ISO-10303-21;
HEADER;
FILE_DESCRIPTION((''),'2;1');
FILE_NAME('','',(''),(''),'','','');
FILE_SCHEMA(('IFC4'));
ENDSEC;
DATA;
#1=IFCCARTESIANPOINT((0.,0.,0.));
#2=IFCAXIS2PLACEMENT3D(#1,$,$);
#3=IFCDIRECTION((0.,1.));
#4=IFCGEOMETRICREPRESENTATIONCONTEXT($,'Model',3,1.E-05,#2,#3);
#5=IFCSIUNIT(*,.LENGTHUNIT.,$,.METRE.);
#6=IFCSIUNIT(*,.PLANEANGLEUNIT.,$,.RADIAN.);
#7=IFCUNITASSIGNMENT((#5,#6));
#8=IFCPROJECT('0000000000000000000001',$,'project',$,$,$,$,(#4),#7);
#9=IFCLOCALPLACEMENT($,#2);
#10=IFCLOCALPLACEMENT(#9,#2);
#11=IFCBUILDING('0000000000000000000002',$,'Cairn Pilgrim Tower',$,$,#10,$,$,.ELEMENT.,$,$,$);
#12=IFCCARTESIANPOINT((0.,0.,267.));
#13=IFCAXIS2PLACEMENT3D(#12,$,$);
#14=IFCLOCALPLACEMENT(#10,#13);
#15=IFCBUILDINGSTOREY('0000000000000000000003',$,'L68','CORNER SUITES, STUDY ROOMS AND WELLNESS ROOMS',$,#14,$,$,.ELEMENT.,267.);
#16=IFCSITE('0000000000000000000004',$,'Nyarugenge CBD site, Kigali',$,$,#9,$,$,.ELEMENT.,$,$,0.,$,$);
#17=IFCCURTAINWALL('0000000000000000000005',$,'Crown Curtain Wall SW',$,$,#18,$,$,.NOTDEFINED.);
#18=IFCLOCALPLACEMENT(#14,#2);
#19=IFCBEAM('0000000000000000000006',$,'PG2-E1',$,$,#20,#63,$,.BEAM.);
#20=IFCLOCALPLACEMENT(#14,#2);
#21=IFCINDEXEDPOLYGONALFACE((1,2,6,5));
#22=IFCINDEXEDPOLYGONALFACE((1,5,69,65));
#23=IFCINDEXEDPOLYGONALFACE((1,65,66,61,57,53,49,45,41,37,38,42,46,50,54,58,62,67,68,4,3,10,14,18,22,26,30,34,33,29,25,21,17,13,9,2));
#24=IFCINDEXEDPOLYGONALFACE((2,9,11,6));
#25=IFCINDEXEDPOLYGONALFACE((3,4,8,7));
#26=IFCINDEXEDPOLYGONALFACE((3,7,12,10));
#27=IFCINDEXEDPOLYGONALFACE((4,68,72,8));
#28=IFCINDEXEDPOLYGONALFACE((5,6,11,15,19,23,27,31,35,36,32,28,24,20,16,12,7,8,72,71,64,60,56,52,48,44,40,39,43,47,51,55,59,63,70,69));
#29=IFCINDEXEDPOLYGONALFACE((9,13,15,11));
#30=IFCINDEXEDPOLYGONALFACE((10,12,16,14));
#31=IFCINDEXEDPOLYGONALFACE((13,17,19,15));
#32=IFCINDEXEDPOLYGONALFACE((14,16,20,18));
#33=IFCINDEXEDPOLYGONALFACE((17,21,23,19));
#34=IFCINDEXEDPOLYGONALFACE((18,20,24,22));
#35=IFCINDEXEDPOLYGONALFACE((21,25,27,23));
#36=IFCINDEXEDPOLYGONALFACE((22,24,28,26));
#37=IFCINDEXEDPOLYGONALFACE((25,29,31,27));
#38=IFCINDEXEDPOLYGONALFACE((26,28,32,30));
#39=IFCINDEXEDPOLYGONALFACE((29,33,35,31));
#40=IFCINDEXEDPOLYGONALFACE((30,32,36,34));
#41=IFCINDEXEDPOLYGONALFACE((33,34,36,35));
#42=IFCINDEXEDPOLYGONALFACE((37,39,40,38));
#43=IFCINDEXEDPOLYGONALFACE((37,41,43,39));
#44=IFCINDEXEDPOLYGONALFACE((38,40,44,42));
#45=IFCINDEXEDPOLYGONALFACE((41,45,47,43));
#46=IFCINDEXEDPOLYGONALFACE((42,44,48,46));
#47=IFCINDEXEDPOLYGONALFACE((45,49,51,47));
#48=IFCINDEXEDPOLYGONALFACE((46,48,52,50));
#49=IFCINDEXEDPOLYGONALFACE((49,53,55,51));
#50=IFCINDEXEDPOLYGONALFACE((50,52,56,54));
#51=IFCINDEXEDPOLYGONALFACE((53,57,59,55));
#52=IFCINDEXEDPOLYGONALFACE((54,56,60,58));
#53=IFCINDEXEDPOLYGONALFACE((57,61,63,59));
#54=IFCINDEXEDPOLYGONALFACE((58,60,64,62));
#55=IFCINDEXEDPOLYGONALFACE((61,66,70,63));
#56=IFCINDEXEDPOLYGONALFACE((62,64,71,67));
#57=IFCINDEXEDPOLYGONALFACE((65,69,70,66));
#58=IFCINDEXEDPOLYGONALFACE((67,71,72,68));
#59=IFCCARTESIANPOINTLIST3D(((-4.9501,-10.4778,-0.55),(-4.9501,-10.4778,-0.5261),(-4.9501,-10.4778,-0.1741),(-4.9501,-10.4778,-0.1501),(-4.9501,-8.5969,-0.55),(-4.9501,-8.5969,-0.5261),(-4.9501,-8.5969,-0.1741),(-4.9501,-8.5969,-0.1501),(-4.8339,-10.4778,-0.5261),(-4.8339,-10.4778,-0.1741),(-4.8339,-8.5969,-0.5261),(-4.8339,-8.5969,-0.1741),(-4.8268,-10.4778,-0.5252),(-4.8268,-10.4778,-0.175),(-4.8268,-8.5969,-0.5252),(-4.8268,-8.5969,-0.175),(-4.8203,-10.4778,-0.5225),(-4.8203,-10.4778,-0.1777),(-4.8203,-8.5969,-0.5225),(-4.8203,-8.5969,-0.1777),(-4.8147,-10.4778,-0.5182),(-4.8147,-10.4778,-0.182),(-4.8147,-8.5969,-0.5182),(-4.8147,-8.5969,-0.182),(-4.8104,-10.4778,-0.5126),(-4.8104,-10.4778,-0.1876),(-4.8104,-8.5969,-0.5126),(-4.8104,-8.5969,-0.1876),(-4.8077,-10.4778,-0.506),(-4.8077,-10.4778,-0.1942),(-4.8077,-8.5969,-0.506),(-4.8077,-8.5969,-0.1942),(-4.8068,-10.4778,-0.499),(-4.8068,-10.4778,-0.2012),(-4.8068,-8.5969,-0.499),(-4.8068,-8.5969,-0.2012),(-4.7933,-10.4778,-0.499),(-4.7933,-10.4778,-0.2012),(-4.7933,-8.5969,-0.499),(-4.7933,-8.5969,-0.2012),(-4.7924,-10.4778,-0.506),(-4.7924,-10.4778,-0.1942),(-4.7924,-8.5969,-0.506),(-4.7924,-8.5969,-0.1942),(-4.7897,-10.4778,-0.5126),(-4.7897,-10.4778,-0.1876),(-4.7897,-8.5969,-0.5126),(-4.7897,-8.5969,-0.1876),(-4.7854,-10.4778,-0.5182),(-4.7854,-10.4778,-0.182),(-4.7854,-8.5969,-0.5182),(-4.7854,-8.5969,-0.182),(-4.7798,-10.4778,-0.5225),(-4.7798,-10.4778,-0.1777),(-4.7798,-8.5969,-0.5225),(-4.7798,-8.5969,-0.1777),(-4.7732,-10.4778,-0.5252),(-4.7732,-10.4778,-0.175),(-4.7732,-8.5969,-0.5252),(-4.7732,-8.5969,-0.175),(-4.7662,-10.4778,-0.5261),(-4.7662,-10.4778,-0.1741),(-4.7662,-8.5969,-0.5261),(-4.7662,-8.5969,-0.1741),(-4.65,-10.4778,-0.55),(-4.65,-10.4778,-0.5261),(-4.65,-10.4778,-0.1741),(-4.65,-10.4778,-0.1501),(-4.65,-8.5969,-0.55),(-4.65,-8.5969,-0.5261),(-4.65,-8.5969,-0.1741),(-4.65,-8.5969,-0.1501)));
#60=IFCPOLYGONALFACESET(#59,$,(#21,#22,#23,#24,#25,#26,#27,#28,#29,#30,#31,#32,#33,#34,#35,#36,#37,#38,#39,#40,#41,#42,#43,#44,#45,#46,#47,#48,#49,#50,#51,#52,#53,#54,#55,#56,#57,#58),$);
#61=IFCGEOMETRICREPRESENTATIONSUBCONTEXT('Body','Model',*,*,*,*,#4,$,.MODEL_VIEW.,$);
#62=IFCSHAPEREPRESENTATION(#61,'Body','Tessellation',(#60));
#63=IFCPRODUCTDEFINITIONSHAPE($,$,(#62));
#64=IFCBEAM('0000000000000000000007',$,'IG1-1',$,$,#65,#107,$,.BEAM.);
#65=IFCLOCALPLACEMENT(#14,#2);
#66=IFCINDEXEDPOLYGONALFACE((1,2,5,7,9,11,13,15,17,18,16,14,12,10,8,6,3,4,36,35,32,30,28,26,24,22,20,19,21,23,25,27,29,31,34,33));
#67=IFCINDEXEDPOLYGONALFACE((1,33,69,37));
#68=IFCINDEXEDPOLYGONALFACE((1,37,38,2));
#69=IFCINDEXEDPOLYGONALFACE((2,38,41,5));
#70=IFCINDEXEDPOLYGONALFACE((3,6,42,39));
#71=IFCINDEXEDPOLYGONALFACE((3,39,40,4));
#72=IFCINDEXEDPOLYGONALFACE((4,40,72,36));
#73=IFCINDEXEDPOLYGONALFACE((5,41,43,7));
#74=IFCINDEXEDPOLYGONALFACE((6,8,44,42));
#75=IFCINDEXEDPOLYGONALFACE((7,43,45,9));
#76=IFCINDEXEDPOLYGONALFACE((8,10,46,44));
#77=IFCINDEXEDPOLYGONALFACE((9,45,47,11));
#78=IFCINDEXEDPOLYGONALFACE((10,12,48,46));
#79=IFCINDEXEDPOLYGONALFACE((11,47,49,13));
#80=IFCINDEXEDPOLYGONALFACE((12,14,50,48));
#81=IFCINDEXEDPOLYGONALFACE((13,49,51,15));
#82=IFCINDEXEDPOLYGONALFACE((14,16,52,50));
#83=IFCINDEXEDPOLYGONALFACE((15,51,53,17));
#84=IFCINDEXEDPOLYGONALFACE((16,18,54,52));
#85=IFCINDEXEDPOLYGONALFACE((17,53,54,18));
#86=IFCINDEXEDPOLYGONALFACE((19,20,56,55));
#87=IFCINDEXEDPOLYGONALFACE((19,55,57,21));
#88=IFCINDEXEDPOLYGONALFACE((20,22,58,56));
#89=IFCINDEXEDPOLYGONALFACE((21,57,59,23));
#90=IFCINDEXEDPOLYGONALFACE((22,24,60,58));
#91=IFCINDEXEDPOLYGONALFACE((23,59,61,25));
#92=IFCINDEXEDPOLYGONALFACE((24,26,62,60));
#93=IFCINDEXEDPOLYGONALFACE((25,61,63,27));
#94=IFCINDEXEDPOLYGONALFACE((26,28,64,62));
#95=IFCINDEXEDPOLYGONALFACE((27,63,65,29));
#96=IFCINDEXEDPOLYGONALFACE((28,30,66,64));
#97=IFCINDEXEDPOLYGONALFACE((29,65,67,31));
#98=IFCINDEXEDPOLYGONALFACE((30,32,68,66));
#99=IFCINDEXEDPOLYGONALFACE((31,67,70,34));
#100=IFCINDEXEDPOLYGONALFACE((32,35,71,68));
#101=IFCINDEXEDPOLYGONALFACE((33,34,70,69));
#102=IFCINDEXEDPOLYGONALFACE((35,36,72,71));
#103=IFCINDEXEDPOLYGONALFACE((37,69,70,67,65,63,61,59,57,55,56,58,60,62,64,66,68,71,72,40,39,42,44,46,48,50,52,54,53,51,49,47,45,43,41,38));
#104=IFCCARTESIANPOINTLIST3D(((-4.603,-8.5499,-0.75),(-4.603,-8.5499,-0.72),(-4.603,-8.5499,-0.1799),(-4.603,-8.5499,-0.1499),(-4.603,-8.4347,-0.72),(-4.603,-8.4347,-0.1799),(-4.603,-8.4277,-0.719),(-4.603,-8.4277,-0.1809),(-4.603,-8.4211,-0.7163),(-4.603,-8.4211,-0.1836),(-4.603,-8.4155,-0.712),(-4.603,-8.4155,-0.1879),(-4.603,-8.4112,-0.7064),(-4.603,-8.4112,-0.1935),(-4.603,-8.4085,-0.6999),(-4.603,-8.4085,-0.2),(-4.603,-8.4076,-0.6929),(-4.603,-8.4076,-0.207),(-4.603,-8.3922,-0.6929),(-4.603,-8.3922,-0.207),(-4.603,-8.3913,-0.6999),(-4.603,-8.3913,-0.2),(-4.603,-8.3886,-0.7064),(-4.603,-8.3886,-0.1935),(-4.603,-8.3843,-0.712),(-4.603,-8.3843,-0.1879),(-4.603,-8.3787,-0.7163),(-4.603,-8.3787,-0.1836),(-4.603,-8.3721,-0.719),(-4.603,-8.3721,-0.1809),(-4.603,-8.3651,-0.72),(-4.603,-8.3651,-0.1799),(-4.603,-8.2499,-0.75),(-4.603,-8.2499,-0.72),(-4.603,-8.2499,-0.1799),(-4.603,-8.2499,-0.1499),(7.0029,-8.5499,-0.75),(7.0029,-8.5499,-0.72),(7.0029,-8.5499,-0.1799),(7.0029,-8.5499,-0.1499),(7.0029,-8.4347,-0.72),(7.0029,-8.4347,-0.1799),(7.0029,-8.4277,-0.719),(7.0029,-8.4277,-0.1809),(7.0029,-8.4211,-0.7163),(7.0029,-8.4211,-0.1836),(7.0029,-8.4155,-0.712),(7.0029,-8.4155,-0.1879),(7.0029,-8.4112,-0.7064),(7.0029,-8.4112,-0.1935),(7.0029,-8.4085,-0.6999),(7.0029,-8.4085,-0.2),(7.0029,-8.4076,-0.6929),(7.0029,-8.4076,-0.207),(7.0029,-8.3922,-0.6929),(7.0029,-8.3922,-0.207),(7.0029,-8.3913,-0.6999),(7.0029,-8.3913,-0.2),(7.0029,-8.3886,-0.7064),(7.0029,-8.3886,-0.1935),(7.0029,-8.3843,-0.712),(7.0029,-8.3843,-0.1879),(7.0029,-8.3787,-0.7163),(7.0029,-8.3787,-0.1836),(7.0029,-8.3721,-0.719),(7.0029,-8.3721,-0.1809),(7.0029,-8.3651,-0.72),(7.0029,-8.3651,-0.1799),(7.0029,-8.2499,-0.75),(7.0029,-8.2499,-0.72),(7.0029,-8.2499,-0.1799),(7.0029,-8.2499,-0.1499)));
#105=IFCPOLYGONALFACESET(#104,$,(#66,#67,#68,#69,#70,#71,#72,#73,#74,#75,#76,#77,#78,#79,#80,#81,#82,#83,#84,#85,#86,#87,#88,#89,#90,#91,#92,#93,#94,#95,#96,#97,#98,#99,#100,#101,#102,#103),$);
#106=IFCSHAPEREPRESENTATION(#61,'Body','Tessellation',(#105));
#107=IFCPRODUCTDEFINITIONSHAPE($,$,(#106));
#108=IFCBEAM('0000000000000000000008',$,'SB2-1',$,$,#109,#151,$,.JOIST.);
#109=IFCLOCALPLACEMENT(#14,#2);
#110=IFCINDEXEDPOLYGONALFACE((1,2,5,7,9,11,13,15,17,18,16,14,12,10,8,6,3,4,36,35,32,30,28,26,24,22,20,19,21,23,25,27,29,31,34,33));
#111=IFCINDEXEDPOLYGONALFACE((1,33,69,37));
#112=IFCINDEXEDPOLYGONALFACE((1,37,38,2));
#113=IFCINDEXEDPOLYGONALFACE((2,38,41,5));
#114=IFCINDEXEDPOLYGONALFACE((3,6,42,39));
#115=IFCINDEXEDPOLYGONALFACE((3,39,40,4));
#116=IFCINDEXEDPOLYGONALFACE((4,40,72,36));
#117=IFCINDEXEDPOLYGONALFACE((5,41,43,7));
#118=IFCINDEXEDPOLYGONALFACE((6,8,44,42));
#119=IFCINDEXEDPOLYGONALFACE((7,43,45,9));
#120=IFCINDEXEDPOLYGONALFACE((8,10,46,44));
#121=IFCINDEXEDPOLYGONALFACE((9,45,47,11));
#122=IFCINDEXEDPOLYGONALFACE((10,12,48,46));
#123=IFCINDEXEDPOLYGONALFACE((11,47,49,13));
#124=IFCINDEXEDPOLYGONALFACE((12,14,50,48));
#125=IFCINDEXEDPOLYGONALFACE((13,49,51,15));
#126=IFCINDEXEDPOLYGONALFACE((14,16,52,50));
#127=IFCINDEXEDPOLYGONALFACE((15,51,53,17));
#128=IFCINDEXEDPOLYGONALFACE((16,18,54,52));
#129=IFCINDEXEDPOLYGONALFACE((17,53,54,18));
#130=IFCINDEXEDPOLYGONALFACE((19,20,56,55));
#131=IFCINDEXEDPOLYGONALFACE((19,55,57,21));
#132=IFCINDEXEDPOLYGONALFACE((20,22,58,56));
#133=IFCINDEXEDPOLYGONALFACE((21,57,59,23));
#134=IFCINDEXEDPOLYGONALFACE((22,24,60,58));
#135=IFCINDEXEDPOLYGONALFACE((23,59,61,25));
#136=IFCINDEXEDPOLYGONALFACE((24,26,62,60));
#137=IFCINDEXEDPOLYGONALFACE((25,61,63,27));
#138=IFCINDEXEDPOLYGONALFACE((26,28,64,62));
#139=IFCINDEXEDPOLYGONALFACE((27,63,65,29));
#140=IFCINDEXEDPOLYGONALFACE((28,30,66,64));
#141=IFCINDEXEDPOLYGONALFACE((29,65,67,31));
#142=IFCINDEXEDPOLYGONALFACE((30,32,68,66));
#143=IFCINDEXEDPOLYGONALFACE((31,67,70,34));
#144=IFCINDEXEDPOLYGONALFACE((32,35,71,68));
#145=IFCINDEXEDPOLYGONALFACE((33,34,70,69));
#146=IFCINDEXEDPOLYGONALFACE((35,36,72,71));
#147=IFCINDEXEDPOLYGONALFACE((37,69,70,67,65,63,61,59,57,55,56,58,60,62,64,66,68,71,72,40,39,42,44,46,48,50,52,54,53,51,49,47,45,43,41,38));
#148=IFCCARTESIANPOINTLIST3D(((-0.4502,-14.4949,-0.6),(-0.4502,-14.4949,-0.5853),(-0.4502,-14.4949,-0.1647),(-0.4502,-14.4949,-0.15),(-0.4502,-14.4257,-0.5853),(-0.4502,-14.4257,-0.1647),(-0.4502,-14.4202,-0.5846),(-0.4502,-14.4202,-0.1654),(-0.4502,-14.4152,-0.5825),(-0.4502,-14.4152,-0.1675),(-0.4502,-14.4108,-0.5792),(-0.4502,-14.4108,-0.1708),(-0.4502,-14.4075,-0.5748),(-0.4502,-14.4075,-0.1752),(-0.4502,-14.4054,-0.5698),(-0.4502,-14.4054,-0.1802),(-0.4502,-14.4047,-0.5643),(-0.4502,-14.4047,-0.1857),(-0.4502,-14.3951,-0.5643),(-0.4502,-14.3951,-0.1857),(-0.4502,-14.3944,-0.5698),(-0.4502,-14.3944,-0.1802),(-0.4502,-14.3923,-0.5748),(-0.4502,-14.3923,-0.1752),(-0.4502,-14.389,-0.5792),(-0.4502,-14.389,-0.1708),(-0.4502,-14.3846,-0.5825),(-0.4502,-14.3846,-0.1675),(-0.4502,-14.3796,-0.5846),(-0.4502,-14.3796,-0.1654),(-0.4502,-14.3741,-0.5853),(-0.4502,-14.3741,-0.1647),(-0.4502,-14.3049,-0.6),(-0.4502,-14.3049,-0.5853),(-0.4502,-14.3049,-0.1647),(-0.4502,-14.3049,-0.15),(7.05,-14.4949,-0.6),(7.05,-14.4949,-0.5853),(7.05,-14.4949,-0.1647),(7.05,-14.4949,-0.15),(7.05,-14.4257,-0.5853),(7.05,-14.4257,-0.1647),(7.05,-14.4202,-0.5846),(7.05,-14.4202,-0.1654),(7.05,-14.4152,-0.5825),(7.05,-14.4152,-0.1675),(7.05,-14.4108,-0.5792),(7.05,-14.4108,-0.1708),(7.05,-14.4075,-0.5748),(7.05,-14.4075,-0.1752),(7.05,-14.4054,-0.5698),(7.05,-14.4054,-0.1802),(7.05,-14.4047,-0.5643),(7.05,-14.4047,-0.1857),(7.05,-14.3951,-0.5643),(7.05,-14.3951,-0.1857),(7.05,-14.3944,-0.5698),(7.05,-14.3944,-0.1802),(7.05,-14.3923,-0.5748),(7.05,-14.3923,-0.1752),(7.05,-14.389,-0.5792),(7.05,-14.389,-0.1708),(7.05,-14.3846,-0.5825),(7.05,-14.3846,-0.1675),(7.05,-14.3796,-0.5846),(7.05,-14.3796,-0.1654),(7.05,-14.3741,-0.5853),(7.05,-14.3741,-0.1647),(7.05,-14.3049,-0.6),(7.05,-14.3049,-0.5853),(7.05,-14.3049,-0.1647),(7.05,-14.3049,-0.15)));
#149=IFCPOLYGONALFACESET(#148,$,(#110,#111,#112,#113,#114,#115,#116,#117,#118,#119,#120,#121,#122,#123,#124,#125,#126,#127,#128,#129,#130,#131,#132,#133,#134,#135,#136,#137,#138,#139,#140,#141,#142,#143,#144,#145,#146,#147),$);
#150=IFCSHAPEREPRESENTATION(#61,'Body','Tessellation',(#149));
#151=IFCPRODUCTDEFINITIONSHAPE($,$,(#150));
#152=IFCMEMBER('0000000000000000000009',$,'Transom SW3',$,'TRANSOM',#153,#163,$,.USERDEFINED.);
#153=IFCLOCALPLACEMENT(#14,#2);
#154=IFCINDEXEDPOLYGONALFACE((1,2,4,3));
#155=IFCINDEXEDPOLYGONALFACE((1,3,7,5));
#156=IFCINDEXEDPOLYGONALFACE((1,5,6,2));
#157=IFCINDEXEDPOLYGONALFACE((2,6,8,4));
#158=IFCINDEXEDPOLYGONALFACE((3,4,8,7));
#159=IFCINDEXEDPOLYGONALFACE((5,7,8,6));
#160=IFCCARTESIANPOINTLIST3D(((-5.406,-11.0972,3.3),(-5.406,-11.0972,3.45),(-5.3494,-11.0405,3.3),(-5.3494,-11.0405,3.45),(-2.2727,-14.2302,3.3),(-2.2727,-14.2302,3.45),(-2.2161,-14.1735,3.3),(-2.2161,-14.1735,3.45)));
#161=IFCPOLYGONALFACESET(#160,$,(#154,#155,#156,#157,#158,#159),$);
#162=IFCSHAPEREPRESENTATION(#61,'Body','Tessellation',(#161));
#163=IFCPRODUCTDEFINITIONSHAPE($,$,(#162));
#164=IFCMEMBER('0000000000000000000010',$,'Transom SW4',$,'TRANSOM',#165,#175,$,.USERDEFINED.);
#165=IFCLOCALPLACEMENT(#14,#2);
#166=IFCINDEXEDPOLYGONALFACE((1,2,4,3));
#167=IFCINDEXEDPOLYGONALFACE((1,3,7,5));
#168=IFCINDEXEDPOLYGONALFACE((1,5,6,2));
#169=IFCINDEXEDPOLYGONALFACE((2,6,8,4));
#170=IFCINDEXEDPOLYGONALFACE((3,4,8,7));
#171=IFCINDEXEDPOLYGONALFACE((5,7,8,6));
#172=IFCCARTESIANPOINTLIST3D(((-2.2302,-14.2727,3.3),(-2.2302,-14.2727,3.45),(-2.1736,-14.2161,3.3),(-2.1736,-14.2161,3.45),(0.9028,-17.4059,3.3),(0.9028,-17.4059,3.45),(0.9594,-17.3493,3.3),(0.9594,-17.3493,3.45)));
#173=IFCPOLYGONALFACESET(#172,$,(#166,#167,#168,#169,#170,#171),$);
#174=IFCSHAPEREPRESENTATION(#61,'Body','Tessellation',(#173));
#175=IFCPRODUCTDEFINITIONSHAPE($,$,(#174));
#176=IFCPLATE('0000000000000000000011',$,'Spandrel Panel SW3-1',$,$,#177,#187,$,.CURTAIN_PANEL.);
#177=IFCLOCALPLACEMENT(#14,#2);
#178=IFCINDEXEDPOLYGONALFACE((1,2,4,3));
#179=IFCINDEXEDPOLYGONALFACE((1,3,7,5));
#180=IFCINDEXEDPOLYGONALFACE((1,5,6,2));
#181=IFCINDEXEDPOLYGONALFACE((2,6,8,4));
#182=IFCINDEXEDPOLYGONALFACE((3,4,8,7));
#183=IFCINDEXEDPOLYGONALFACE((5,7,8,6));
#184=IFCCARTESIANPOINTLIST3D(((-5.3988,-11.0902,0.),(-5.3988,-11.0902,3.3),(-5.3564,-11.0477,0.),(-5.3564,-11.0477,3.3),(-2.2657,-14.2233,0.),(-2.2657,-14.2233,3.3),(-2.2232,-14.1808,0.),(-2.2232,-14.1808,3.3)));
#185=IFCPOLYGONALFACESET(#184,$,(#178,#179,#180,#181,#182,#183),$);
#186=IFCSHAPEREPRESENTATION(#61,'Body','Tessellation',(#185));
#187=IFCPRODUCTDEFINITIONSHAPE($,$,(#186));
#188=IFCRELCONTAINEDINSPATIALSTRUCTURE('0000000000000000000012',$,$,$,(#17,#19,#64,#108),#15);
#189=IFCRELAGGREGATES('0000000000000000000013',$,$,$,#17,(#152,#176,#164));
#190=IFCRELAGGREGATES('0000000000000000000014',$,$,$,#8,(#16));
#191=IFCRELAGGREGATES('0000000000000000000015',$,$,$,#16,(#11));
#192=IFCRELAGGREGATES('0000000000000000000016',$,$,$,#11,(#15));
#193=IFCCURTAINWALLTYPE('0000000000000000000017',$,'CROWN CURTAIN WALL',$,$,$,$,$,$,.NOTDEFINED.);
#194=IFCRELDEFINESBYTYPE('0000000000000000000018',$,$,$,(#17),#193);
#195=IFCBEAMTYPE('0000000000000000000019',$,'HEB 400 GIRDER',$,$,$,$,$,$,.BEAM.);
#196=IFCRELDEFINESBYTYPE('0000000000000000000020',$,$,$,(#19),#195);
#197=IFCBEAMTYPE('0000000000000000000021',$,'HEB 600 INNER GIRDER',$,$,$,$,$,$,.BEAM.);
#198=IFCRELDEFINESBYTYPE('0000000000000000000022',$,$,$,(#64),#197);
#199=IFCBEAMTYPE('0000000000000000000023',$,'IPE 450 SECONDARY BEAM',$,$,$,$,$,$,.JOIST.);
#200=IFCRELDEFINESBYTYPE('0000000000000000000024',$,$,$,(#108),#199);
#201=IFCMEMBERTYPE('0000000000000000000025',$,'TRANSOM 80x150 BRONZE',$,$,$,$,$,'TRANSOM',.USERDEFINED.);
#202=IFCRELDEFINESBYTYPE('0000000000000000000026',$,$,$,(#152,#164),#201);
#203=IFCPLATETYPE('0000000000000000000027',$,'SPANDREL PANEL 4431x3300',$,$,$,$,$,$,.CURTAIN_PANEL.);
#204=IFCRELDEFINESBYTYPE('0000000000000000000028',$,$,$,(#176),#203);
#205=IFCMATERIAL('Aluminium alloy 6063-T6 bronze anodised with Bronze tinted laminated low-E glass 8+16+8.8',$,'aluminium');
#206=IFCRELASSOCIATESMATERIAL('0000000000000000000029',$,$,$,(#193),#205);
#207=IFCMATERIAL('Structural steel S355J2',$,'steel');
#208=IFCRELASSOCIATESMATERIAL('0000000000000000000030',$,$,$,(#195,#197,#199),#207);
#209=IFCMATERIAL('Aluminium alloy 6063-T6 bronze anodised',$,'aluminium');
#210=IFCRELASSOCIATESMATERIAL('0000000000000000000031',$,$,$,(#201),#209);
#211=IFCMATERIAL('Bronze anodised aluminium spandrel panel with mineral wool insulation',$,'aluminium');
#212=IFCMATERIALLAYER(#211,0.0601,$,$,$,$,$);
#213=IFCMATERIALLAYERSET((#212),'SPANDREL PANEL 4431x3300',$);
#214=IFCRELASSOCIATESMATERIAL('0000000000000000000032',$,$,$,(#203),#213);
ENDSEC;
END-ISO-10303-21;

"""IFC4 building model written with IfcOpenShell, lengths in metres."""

from ifc_helpers import new_model, si_unit, direction, frame, origin, origin_2d, place, context, subcontext, project, spatial, rectangle, i_section, extrude, material, layer, layer_set, material_profile, profile_set, type_object, element, aggregate, save


model = new_model("IFC4")

# Units and contexts
model_context = context("Model", 3, precision=1e-05, world=origin(), true_north=direction((0.0, 1.0)))
body_context = subcontext(model_context, "Body", "Model", "MODEL_VIEW")
ifc_project = project(units=[si_unit("LENGTHUNIT", "METRE"), si_unit("PLANEANGLEUNIT", "RADIAN")], contexts=[model_context])

# Site, building, storey
site_placement = place(None, origin())
site = spatial("IfcSite", under=ifc_project, at=site_placement, Name="Nyarugenge CBD site, Kigali", CompositionType="ELEMENT", RefElevation=0.0)
building_placement = place(site_placement, origin())
building = spatial("IfcBuilding", under=site, at=building_placement, Name="Cairn Pilgrim Tower", CompositionType="ELEMENT")
storey_placement = place(building_placement, frame((0.0, 0.0, 267.0)))
storey = spatial("IfcBuildingStorey", under=building, at=storey_placement, Name="L68", Description="CORNER SUITES, STUDY ROOMS AND WELLNESS ROOMS", CompositionType="ELEMENT", Elevation=267.0)

# Shared definitions
ifc_material_1 = material(Name="Structural steel S355J2", Category="steel")

# Curtain wall
ifc_material_2 = material(Name="Aluminium alloy 6063-T6 bronze anodised with Bronze tinted laminated low-E glass 8+16+8.8", Category="aluminium")
curtain_wall_type = type_object("IfcCurtainWallType", Name="CROWN CURTAIN WALL", PredefinedType="NOTDEFINED", material=ifc_material_2)
curtain_wall_placement = place(storey_placement, origin())
curtain_wall = element("IfcCurtainWall", 1, at=curtain_wall_placement, inside=storey, type_object=curtain_wall_type, Name="Crown Curtain Wall SW", PredefinedType="NOTDEFINED")
ifc_material_3 = material(Name="Aluminium alloy 6063-T6 bronze anodised", Category="aluminium")

# Beams
ifc_material_profile_1 = material_profile(ifc_material_1, i_section(OverallWidth=0.3, OverallDepth=0.3999, WebThickness=0.0134, FlangeThickness=0.0239, FilletRadius=0.0271, at=origin_2d()), Name="HEB 400")
ifc_profile_set_1 = profile_set([ifc_material_profile_1], Name="Structural steel S355J2")
beam_type_1 = type_object("IfcBeamType", Name="HEB 400 GIRDER", PredefinedType="BEAM", material=ifc_profile_set_1)
beam_1_placement = place(storey_placement, frame((-4.8, -10.4778, -0.3501), z_axis=(0.0, 1.0, 0.0), x_axis=(-1.0, 0.0, 0.0)))
element("IfcBeam", 2, at=beam_1_placement, inside=storey, type_object=beam_type_1, Name="PG2-E1", PredefinedType="BEAM", context=body_context, shape_type="SweptSolid", body=[
    extrude(i_section(OverallWidth=0.3, OverallDepth=0.3999, WebThickness=0.0134, FlangeThickness=0.0239, FilletRadius=0.0271, at=origin_2d()), origin(), (0.0, 0.0, 1.0), 1.8809),
])
ifc_material_profile_2 = material_profile(ifc_material_1, i_section(OverallWidth=0.3, OverallDepth=0.6001, WebThickness=0.0154, FlangeThickness=0.03, FilletRadius=0.0271, at=origin_2d()), Name="HEB 600")
ifc_profile_set_2 = profile_set([ifc_material_profile_2], Name="Structural steel S355J2")
beam_type_2 = type_object("IfcBeamType", Name="HEB 600 INNER GIRDER", PredefinedType="BEAM", material=ifc_profile_set_2)
beam_2_placement = place(storey_placement, frame((-4.603, -8.3999, -0.45), z_axis=(1.0, 0.0, 0.0), x_axis=(0.0, 1.0, 0.0)))
element("IfcBeam", 3, at=beam_2_placement, inside=storey, type_object=beam_type_2, Name="IG1-1", PredefinedType="BEAM", context=body_context, shape_type="SweptSolid", body=[
    extrude(i_section(OverallWidth=0.3, OverallDepth=0.6001, WebThickness=0.0154, FlangeThickness=0.03, FilletRadius=0.0271, at=origin_2d()), origin(), (0.0, 0.0, 1.0), 11.606),
])
ifc_material_profile_3 = material_profile(ifc_material_1, i_section(OverallWidth=0.1899, OverallDepth=0.45, WebThickness=0.0095, FlangeThickness=0.0146, FilletRadius=0.021, at=origin_2d()), Name="IPE 450")
ifc_profile_set_3 = profile_set([ifc_material_profile_3], Name="Structural steel S355J2")
beam_type_3 = type_object("IfcBeamType", Name="IPE 450 SECONDARY BEAM", PredefinedType="JOIST", material=ifc_profile_set_3)
beam_3_placement = place(storey_placement, frame((-0.4502, -14.3999, -0.375), z_axis=(1.0, 0.0, 0.0), x_axis=(0.0, 1.0, 0.0)))
element("IfcBeam", 4, at=beam_3_placement, inside=storey, type_object=beam_type_3, Name="SB2-1", PredefinedType="JOIST", context=body_context, shape_type="SweptSolid", body=[
    extrude(i_section(OverallWidth=0.1899, OverallDepth=0.45, WebThickness=0.0095, FlangeThickness=0.0146, FilletRadius=0.021, at=origin_2d()), origin(), (0.0, 0.0, 1.0), 7.5002),
])

# Members
ifc_material_profile_4 = material_profile(ifc_material_3, rectangle(XDim=0.0801, YDim=0.1499, at=origin_2d()), Name="TRANSOM 80x150 BRONZE")
ifc_profile_set_4 = profile_set([ifc_material_profile_4], Name="Aluminium alloy 6063-T6 bronze anodised")
member_type_1 = type_object("IfcMemberType", Name="TRANSOM 80x150 BRONZE", ElementType="TRANSOM", PredefinedType="USERDEFINED", material=ifc_profile_set_4)
member_1_placement = place(storey_placement, frame((-5.3777, -11.0688, 3.375), z_axis=(0.707134, -0.707079, 0.0), x_axis=(0.707079, 0.707134, 0.0)))
member_1 = element("IfcMember", 5, at=member_1_placement, type_object=member_type_1, Name="Transom SW3", ObjectType="TRANSOM", PredefinedType="USERDEFINED", context=body_context, shape_type="SweptSolid", body=[
    extrude(rectangle(XDim=0.0801, YDim=0.1499, at=origin_2d()), origin(), (0.0, 0.0, 1.0), 4.4309),
])
member_2_placement = place(storey_placement, frame((-2.2019, -14.2444, 3.375), z_axis=(0.707079, -0.707134, 0.0), x_axis=(0.707134, 0.707079, 0.0)))
member_2 = element("IfcMember", 6, at=member_2_placement, type_object=member_type_1, Name="Transom SW4", ObjectType="TRANSOM", PredefinedType="USERDEFINED", context=body_context, shape_type="SweptSolid", body=[
    extrude(rectangle(XDim=0.0801, YDim=0.1499, at=origin_2d()), origin(), (0.0, 0.0, 1.0), 4.4309),
])

# Plate
ifc_material_4 = material(Name="Bronze anodised aluminium spandrel panel with mineral wool insulation", Category="aluminium")
ifc_layer_1 = layer(ifc_material_4, 0.0601)
ifc_layer_set_1 = layer_set([ifc_layer_1], Name="SPANDREL PANEL 4431x3300")
plate_type = type_object("IfcPlateType", Name="SPANDREL PANEL 4431x3300", PredefinedType="CURTAIN_PANEL", material=ifc_layer_set_1)
plate_1_placement = place(storey_placement, frame((-3.811, -12.6355, 0.0), z_axis=(0.0, 0.0, 1.0), x_axis=(0.707107, -0.707107, 0.0)))
plate_1 = element("IfcPlate", 7, at=plate_1_placement, type_object=plate_type, Name="Spandrel Panel SW3-1", PredefinedType="CURTAIN_PANEL", context=body_context, shape_type="SweptSolid", body=[
    extrude(rectangle(XDim=4.4309, YDim=0.0601, at=origin_2d()), origin(), (0.0, 0.0, 1.0), 3.3),
])
aggregate(curtain_wall, [member_1, plate_1, member_2])

save(model, "model.ifc")
